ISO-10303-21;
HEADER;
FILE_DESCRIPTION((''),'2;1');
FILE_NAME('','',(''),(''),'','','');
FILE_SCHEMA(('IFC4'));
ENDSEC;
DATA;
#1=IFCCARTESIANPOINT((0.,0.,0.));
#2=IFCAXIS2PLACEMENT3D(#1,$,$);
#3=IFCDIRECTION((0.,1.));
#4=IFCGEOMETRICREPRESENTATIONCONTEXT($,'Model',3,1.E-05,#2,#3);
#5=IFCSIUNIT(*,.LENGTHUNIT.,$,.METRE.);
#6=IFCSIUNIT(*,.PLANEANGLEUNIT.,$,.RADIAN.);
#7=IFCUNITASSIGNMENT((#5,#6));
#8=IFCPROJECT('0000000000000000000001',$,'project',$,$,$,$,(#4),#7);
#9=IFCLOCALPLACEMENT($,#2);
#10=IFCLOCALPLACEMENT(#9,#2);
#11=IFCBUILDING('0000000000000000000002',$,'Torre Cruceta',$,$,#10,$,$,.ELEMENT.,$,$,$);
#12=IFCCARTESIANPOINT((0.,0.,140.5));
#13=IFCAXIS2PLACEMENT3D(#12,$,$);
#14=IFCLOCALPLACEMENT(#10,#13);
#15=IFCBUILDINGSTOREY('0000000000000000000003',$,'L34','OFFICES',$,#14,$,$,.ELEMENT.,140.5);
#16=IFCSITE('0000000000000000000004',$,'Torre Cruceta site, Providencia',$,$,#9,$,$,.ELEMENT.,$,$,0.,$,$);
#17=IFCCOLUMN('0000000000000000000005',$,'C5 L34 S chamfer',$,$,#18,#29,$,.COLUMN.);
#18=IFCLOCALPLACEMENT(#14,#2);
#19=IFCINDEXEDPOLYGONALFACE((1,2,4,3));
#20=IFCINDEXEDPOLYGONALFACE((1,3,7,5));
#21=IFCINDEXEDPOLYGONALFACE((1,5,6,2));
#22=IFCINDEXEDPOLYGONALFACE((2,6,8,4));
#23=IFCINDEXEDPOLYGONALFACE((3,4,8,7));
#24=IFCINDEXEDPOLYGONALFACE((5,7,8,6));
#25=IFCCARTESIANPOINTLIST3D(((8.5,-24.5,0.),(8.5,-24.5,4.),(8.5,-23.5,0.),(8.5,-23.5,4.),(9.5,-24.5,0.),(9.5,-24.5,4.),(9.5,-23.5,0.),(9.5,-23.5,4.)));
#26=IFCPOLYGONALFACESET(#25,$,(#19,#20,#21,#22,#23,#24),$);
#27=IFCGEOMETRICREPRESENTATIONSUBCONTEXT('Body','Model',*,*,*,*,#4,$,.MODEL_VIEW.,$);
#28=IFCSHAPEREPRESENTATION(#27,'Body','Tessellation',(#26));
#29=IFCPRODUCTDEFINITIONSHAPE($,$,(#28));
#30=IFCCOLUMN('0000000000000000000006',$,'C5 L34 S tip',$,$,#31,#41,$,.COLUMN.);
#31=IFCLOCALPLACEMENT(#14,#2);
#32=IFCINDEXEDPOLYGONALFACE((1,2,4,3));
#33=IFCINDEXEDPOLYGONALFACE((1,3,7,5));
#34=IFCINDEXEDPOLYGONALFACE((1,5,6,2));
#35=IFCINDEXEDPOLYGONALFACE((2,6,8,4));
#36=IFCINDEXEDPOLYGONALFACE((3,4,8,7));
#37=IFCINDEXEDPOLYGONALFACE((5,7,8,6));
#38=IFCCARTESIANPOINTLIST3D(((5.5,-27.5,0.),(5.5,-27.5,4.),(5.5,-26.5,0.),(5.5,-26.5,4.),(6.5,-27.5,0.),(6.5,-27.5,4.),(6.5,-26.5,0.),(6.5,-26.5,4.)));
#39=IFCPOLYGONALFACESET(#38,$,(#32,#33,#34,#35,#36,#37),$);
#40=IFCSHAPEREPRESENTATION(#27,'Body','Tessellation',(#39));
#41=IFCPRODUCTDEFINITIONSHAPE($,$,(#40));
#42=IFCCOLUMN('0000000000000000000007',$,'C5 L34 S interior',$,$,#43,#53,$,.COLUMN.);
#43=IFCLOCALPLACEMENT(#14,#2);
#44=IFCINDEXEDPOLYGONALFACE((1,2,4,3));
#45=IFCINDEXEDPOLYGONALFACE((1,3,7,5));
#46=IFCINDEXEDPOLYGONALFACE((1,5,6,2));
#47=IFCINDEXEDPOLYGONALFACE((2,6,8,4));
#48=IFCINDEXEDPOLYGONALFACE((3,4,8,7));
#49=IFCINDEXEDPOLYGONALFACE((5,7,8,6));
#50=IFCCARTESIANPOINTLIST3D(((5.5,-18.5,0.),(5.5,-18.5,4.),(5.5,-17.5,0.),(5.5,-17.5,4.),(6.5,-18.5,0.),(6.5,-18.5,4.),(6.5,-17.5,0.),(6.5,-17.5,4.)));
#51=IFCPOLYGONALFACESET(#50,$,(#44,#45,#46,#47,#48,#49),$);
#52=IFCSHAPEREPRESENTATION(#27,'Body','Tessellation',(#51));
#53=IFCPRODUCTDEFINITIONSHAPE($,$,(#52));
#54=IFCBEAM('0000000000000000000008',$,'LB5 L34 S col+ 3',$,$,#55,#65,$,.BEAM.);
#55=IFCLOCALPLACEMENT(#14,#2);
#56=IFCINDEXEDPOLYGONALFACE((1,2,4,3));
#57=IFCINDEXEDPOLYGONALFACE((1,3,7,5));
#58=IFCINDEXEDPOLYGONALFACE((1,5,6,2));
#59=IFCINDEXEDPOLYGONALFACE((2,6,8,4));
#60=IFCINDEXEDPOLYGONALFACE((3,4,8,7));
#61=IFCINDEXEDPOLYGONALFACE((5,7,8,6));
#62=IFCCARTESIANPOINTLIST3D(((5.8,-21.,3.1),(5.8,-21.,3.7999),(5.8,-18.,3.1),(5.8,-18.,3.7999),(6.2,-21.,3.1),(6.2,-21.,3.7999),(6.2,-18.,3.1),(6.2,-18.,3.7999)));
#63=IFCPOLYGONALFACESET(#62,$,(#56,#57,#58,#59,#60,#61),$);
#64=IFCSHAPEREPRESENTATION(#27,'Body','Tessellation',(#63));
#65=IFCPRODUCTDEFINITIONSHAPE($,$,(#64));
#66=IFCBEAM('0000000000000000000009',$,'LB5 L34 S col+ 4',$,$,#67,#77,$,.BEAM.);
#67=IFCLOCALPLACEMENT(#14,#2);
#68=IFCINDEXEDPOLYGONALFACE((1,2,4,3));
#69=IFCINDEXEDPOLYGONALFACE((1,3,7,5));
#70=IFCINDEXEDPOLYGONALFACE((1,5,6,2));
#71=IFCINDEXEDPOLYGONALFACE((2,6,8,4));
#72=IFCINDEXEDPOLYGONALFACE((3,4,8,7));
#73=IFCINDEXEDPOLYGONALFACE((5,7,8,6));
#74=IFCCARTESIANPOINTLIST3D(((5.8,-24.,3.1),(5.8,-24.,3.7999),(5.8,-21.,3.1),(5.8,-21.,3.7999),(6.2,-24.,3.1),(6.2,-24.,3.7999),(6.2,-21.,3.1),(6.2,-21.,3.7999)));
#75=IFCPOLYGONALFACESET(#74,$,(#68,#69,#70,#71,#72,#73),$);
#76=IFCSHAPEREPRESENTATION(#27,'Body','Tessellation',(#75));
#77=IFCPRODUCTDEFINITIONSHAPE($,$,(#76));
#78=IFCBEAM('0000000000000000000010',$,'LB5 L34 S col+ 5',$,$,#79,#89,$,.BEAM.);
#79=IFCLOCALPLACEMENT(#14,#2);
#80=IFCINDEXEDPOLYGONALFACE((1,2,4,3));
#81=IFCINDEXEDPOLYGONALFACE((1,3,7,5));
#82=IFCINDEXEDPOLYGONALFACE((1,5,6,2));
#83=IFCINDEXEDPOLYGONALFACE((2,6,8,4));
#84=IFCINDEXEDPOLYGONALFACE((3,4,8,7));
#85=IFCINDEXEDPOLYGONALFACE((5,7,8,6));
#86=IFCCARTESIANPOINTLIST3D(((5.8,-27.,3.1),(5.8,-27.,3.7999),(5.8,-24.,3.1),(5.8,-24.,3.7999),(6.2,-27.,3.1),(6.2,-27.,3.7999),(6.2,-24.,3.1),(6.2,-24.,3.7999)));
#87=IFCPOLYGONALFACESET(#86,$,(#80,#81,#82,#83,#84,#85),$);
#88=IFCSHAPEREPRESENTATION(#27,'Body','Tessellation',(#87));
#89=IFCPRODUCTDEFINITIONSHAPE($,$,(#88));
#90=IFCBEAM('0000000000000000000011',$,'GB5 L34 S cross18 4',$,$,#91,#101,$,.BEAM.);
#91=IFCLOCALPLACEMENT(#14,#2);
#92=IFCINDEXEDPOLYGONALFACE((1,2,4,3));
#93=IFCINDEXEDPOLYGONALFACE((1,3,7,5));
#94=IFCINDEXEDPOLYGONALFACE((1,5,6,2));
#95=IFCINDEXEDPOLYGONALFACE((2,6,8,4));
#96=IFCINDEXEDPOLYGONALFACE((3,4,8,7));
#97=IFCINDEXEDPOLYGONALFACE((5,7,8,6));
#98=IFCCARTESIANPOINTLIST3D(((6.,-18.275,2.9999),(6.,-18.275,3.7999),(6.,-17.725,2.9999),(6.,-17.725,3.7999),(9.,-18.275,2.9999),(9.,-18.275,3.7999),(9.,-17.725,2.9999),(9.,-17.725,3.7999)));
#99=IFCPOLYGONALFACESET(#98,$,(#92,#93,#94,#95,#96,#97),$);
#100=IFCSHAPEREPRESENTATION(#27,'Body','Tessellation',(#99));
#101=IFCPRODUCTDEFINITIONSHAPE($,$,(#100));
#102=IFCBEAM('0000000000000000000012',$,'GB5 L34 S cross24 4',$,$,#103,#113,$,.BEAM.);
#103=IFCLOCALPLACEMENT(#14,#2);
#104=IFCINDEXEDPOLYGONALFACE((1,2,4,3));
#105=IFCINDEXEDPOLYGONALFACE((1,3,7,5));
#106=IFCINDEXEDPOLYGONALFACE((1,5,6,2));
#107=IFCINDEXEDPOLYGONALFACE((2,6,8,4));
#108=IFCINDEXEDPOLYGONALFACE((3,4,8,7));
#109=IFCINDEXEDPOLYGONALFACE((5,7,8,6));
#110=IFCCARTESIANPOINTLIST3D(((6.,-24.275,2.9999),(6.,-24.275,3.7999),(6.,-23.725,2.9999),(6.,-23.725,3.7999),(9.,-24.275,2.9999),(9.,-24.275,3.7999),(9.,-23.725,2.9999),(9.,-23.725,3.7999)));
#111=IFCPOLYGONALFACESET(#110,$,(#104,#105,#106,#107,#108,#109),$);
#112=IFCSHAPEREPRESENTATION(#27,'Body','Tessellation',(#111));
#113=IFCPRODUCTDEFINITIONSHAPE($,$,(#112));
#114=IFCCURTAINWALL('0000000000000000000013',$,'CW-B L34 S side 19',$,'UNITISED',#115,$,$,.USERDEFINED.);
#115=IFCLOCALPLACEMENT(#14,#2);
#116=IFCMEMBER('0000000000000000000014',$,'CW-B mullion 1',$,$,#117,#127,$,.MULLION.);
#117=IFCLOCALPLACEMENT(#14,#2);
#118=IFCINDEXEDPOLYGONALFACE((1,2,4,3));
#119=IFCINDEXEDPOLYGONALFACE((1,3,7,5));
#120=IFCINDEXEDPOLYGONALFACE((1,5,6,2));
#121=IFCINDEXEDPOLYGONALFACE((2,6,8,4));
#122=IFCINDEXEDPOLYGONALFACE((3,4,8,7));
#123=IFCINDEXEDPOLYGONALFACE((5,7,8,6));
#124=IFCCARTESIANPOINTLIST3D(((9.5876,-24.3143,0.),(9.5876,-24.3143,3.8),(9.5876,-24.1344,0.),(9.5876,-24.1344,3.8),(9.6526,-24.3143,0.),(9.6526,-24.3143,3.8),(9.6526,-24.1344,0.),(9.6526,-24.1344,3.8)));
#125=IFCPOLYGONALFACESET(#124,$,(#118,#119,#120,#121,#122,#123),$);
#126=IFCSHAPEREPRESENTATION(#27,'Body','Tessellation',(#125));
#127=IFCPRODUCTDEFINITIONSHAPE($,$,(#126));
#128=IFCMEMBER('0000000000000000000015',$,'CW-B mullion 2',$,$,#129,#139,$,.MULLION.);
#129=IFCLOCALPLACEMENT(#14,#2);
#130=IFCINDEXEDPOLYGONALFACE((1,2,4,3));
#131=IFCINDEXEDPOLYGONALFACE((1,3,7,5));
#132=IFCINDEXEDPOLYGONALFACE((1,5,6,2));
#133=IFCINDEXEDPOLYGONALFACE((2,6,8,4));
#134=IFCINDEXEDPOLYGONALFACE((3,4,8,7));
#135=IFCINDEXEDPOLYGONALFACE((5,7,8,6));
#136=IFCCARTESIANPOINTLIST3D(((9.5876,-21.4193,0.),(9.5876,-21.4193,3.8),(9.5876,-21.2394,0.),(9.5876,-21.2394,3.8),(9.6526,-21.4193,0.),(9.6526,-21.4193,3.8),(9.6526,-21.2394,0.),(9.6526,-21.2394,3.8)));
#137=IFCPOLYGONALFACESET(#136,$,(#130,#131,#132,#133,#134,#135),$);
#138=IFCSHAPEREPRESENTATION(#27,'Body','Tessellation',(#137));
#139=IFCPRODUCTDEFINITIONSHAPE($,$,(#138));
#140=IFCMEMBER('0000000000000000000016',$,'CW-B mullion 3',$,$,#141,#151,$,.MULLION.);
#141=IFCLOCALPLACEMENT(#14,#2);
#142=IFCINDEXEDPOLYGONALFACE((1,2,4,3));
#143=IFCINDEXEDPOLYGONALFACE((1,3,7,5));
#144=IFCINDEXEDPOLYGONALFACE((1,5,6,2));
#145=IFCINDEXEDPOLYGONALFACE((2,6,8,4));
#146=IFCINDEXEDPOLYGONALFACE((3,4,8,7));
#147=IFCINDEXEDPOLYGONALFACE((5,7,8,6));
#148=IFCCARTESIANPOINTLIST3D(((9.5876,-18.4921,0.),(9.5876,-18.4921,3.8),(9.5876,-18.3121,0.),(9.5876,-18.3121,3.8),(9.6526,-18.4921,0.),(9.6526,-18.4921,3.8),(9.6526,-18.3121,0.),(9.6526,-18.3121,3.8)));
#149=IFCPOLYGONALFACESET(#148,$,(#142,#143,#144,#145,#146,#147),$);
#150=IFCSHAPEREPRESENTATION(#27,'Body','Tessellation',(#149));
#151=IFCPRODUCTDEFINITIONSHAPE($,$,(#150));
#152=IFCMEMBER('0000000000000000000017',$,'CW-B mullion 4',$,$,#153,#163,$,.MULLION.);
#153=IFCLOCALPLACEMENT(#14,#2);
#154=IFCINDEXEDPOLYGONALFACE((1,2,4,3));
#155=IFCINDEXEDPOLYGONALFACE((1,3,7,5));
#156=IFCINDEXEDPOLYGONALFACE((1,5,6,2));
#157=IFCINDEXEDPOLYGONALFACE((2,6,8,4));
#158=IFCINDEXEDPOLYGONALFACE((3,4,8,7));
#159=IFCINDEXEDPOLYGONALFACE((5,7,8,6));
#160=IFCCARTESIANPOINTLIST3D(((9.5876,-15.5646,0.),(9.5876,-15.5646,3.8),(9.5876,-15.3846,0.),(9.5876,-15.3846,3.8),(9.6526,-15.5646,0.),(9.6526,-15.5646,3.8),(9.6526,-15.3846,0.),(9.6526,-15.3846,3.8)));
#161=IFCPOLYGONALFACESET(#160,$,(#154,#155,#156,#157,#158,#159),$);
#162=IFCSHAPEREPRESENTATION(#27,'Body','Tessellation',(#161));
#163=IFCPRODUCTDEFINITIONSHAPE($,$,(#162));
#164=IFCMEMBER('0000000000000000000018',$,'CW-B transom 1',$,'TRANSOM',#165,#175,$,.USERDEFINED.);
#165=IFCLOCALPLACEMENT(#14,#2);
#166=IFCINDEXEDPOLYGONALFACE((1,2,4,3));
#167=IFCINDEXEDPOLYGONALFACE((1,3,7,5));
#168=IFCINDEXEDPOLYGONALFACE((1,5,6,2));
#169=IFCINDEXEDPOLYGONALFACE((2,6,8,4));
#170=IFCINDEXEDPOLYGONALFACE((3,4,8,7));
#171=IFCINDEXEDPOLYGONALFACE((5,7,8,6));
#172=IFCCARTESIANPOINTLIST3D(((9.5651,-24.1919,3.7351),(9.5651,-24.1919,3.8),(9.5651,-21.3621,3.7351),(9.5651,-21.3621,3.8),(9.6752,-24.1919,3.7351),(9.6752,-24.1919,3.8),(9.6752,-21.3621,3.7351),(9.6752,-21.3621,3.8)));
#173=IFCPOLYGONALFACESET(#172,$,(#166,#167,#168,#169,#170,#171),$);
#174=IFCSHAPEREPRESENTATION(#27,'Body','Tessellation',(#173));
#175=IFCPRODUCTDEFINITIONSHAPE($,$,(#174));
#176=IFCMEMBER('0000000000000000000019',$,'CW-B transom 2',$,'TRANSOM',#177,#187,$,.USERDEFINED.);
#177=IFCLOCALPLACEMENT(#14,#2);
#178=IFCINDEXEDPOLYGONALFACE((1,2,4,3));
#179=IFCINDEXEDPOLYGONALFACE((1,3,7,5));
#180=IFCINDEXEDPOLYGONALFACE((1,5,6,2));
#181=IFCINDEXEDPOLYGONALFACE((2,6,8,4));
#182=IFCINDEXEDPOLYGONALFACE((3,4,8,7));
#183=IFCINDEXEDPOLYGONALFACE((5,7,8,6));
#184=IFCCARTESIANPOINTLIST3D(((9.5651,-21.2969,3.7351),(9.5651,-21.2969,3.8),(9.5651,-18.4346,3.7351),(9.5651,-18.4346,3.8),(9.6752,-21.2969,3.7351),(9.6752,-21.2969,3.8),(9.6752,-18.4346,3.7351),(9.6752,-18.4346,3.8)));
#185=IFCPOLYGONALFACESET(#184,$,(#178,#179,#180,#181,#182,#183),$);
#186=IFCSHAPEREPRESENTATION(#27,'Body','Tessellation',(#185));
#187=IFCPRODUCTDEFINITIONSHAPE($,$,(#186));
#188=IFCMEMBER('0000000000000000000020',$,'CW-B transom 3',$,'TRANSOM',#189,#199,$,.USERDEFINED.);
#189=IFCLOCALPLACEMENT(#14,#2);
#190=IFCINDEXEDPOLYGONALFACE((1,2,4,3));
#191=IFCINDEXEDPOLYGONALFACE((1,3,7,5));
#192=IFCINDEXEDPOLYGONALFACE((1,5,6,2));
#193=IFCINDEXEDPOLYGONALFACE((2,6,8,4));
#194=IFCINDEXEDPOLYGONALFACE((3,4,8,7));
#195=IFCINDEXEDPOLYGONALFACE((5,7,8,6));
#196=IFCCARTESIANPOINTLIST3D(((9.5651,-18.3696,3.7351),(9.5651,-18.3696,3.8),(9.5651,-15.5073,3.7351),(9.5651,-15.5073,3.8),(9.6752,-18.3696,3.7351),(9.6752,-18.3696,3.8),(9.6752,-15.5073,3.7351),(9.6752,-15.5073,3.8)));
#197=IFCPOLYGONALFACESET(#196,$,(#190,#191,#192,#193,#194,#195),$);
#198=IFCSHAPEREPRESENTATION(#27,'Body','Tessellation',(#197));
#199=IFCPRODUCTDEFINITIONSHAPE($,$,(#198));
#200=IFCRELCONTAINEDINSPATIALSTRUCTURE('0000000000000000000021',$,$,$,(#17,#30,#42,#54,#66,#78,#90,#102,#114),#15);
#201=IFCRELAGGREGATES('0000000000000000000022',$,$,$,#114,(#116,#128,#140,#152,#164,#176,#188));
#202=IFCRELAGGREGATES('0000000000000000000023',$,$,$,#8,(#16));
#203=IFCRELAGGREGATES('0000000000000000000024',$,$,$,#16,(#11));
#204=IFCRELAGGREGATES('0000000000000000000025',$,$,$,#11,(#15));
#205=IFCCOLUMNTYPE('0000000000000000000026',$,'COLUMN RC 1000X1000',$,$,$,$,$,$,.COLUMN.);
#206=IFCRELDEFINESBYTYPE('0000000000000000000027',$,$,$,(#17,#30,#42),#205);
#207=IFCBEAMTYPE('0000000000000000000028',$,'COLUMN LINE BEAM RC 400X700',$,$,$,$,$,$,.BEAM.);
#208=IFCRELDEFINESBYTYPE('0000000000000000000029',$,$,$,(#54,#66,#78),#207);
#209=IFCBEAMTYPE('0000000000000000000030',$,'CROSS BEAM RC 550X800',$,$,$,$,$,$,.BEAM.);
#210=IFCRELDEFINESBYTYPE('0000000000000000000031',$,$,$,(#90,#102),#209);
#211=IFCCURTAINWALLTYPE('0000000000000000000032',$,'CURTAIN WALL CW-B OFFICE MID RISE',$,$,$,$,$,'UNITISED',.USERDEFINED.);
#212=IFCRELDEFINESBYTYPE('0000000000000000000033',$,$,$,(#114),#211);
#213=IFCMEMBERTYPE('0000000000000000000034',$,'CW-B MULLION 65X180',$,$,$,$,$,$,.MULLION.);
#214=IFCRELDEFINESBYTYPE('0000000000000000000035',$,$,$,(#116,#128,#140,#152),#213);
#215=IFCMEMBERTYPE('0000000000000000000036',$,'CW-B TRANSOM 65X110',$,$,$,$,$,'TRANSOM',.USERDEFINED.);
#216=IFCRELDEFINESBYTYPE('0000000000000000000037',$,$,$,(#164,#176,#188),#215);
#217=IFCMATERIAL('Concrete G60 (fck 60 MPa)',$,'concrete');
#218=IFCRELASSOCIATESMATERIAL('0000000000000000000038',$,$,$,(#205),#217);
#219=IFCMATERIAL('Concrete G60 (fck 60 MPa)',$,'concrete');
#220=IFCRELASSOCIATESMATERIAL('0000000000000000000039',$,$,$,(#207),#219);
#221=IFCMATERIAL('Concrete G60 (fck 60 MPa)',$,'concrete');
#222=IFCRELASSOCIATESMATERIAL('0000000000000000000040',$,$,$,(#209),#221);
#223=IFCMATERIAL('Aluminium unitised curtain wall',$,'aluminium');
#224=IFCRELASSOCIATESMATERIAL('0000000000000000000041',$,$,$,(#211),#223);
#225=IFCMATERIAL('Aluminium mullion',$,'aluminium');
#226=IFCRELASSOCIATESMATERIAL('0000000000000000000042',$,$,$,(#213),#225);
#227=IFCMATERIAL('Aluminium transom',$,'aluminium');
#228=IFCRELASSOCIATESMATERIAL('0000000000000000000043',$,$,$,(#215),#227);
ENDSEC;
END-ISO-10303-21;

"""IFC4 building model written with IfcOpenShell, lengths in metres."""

from ifc_helpers import new_model, si_unit, direction, frame, origin, origin_2d, place, context, subcontext, project, spatial, rectangle, extrude, material, material_profile, profile_set, type_object, element, aggregate, save


model = new_model("IFC4")

# Units and contexts
model_context = context("Model", 3, precision=1e-05, world=origin(), true_north=direction((0.0, 1.0)))
body_context = subcontext(model_context, "Body", "Model", "MODEL_VIEW")
ifc_project = project(units=[si_unit("LENGTHUNIT", "METRE"), si_unit("PLANEANGLEUNIT", "RADIAN")], contexts=[model_context])

# Site, building, storey
site_placement = place(None, origin())
site = spatial("IfcSite", under=ifc_project, at=site_placement, Name="Torre Cruceta site, Providencia", CompositionType="ELEMENT", RefElevation=0.0)
building_placement = place(site_placement, origin())
building = spatial("IfcBuilding", under=site, at=building_placement, Name="Torre Cruceta", CompositionType="ELEMENT")
storey_placement = place(building_placement, frame((0.0, 0.0, 140.5)))
storey = spatial("IfcBuildingStorey", under=building, at=storey_placement, Name="L34", Description="OFFICES", CompositionType="ELEMENT", Elevation=140.5)

# Columns
ifc_material_1 = material(Name="Concrete G60 (fck 60 MPa)", Category="concrete")
ifc_material_profile_1 = material_profile(ifc_material_1, rectangle(XDim=1.0, YDim=1.0, at=origin_2d()), Name="RC 1000X1000")
ifc_profile_set_1 = profile_set([ifc_material_profile_1], Name="Concrete G60 (fck 60 MPa)")
column_type = type_object("IfcColumnType", Name="COLUMN RC 1000X1000", PredefinedType="COLUMN", material=ifc_profile_set_1)
for number, where, z_axis, x_axis, name in (
    (1, (9.0, -24.0, 0.0), (0.0, 0.0, 1.0), (1.0, 0.0, 0.0), "C5 L34 S chamfer"),
    (2, (6.0, -27.0, 0.0), (0.0, 0.0, 1.0), (1.0, 0.0, 0.0), "C5 L34 S tip"),
    (3, (6.0, -18.0, 0.0), (0.0, 0.0, 1.0), (1.0, 0.0, 0.0), "C5 L34 S interior"),
):
    element("IfcColumn", number, at=place(storey_placement, frame(where, z_axis=z_axis, x_axis=x_axis)), inside=storey, type_object=column_type, Name=name, PredefinedType="COLUMN", context=body_context, shape_type="SweptSolid", body=[
        extrude(rectangle(XDim=1.0, YDim=1.0, at=origin_2d()), origin(), (0.0, 0.0, 1.0), 4.0),
    ])

# Beams
ifc_material_2 = material(Name="Concrete G60 (fck 60 MPa)", Category="concrete")
ifc_material_profile_2 = material_profile(ifc_material_2, rectangle(XDim=0.3999, YDim=0.7, at=origin_2d()), Name="RC 400X700")
ifc_profile_set_2 = profile_set([ifc_material_profile_2], Name="Concrete G60 (fck 60 MPa)")
beam_type_1 = type_object("IfcBeamType", Name="COLUMN LINE BEAM RC 400X700", PredefinedType="BEAM", material=ifc_profile_set_2)
for number, where, z_axis, x_axis, name in (
    (4, (6.0, -18.0, 3.45), (0.0, -1.0, 0.0), (1.0, 0.0, 0.0), "LB5 L34 S col+ 3"),
    (5, (6.0, -21.0, 3.45), (0.0, -1.0, 0.0), (1.0, 0.0, 0.0), "LB5 L34 S col+ 4"),
    (6, (6.0, -24.0, 3.45), (0.0, -1.0, 0.0), (1.0, 0.0, 0.0), "LB5 L34 S col+ 5"),
):
    element("IfcBeam", number, at=place(storey_placement, frame(where, z_axis=z_axis, x_axis=x_axis)), inside=storey, type_object=beam_type_1, Name=name, PredefinedType="BEAM", context=body_context, shape_type="SweptSolid", body=[
        extrude(rectangle(XDim=0.3999, YDim=0.7, at=origin_2d()), origin(), (0.0, 0.0, 1.0), 3.0),
    ])
ifc_material_3 = material(Name="Concrete G60 (fck 60 MPa)", Category="concrete")
ifc_material_profile_3 = material_profile(ifc_material_3, rectangle(XDim=0.55, YDim=0.8, at=origin_2d()), Name="RC 550X800")
ifc_profile_set_3 = profile_set([ifc_material_profile_3], Name="Concrete G60 (fck 60 MPa)")
beam_type_2 = type_object("IfcBeamType", Name="CROSS BEAM RC 550X800", PredefinedType="BEAM", material=ifc_profile_set_3)
for number, where, z_axis, x_axis, name in (
    (7, (6.0, -18.0, 3.3999), (1.0, 0.0, 0.0), (0.0, 1.0, 0.0), "GB5 L34 S cross18 4"),
    (8, (6.0, -24.0, 3.3999), (1.0, 0.0, 0.0), (0.0, 1.0, 0.0), "GB5 L34 S cross24 4"),
):
    element("IfcBeam", number, at=place(storey_placement, frame(where, z_axis=z_axis, x_axis=x_axis)), inside=storey, type_object=beam_type_2, Name=name, PredefinedType="BEAM", context=body_context, shape_type="SweptSolid", body=[
        extrude(rectangle(XDim=0.55, YDim=0.8, at=origin_2d()), origin(), (0.0, 0.0, 1.0), 3.0),
    ])

# Curtain wall, members
ifc_material_4 = material(Name="Aluminium unitised curtain wall", Category="aluminium")
curtain_wall_type = type_object("IfcCurtainWallType", Name="CURTAIN WALL CW-B OFFICE MID RISE", ElementType="UNITISED", PredefinedType="USERDEFINED", material=ifc_material_4)
curtain_wall_placement = place(storey_placement, origin())
curtain_wall = element("IfcCurtainWall", 9, at=curtain_wall_placement, inside=storey, type_object=curtain_wall_type, Name="CW-B L34 S side 19", ObjectType="UNITISED", PredefinedType="USERDEFINED")
ifc_material_5 = material(Name="Aluminium mullion", Category="aluminium")
ifc_material_profile_4 = material_profile(ifc_material_5, rectangle(XDim=0.0649, YDim=0.1799, at=origin_2d()), Name="AL 65X180")
ifc_profile_set_4 = profile_set([ifc_material_profile_4], Name="Aluminium mullion")
member_type_1 = type_object("IfcMemberType", Name="CW-B MULLION 65X180", PredefinedType="MULLION", material=ifc_profile_set_4)
member_1_placement = place(storey_placement, frame((9.6201, -24.2244, 0.0), z_axis=(0.0, 0.0, 1.0), x_axis=(-1.0, 0.0, 0.0)))
member_1 = element("IfcMember", 10, at=member_1_placement, type_object=member_type_1, Name="CW-B mullion 1", PredefinedType="MULLION", context=body_context, shape_type="SweptSolid", body=[
    extrude(rectangle(XDim=0.0649, YDim=0.1799, at=origin_2d()), origin(), (0.0, 0.0, 1.0), 3.8),
])
member_2_placement = place(storey_placement, frame((9.6201, -21.3293, 0.0), z_axis=(0.0, 0.0, 1.0), x_axis=(-1.0, 0.0, 0.0)))
member_2 = element("IfcMember", 11, at=member_2_placement, type_object=member_type_1, Name="CW-B mullion 2", PredefinedType="MULLION", context=body_context, shape_type="SweptSolid", body=[
    extrude(rectangle(XDim=0.0649, YDim=0.1799, at=origin_2d()), origin(), (0.0, 0.0, 1.0), 3.8),
])
member_3_placement = place(storey_placement, frame((9.6201, -18.4021, 0.0), z_axis=(0.0, 0.0, 1.0), x_axis=(-1.0, 0.0, 0.0)))
member_3 = element("IfcMember", 12, at=member_3_placement, type_object=member_type_1, Name="CW-B mullion 3", PredefinedType="MULLION", context=body_context, shape_type="SweptSolid", body=[
    extrude(rectangle(XDim=0.0649, YDim=0.1799, at=origin_2d()), origin(), (0.0, 0.0, 1.0), 3.8),
])
member_4_placement = place(storey_placement, frame((9.6201, -15.4746, 0.0), z_axis=(0.0, 0.0, 1.0), x_axis=(-1.0, 0.0, 0.0)))
member_4 = element("IfcMember", 13, at=member_4_placement, type_object=member_type_1, Name="CW-B mullion 4", PredefinedType="MULLION", context=body_context, shape_type="SweptSolid", body=[
    extrude(rectangle(XDim=0.0649, YDim=0.1799, at=origin_2d()), origin(), (0.0, 0.0, 1.0), 3.8),
])
ifc_material_6 = material(Name="Aluminium transom", Category="aluminium")
ifc_material_profile_5 = material_profile(ifc_material_6, rectangle(XDim=0.1101, YDim=0.0649, at=origin_2d()), Name="AL 110X65")
ifc_profile_set_5 = profile_set([ifc_material_profile_5], Name="Aluminium transom")
member_type_2 = type_object("IfcMemberType", Name="CW-B TRANSOM 65X110", ElementType="TRANSOM", PredefinedType="USERDEFINED", material=ifc_profile_set_5)
member_5_placement = place(storey_placement, frame((9.6201, -24.1919, 3.7676), z_axis=(0.0, 1.0, 0.0), x_axis=(-1.0, 0.0, 0.0)))
member_5 = element("IfcMember", 14, at=member_5_placement, type_object=member_type_2, Name="CW-B transom 1", ObjectType="TRANSOM", PredefinedType="USERDEFINED", context=body_context, shape_type="SweptSolid", body=[
    extrude(rectangle(XDim=0.1101, YDim=0.0649, at=origin_2d()), origin(), (0.0, 0.0, 1.0), 2.8298),
])
member_6_placement = place(storey_placement, frame((9.6201, -21.2969, 3.7676), z_axis=(0.0, 1.0, 0.0), x_axis=(-1.0, 0.0, 0.0)))
member_6 = element("IfcMember", 15, at=member_6_placement, type_object=member_type_2, Name="CW-B transom 2", ObjectType="TRANSOM", PredefinedType="USERDEFINED", context=body_context, shape_type="SweptSolid", body=[
    extrude(rectangle(XDim=0.1101, YDim=0.0649, at=origin_2d()), origin(), (0.0, 0.0, 1.0), 2.8623),
])
member_7_placement = place(storey_placement, frame((9.6201, -18.3696, 3.7676), z_axis=(0.0, 1.0, 0.0), x_axis=(-1.0, 0.0, 0.0)))
member_7 = element("IfcMember", 16, at=member_7_placement, type_object=member_type_2, Name="CW-B transom 3", ObjectType="TRANSOM", PredefinedType="USERDEFINED", context=body_context, shape_type="SweptSolid", body=[
    extrude(rectangle(XDim=0.1101, YDim=0.0649, at=origin_2d()), origin(), (0.0, 0.0, 1.0), 2.8623),
])

aggregate(curtain_wall, [member_1, member_2, member_3, member_4, member_5, member_6, member_7])

save(model, "model.ifc")
